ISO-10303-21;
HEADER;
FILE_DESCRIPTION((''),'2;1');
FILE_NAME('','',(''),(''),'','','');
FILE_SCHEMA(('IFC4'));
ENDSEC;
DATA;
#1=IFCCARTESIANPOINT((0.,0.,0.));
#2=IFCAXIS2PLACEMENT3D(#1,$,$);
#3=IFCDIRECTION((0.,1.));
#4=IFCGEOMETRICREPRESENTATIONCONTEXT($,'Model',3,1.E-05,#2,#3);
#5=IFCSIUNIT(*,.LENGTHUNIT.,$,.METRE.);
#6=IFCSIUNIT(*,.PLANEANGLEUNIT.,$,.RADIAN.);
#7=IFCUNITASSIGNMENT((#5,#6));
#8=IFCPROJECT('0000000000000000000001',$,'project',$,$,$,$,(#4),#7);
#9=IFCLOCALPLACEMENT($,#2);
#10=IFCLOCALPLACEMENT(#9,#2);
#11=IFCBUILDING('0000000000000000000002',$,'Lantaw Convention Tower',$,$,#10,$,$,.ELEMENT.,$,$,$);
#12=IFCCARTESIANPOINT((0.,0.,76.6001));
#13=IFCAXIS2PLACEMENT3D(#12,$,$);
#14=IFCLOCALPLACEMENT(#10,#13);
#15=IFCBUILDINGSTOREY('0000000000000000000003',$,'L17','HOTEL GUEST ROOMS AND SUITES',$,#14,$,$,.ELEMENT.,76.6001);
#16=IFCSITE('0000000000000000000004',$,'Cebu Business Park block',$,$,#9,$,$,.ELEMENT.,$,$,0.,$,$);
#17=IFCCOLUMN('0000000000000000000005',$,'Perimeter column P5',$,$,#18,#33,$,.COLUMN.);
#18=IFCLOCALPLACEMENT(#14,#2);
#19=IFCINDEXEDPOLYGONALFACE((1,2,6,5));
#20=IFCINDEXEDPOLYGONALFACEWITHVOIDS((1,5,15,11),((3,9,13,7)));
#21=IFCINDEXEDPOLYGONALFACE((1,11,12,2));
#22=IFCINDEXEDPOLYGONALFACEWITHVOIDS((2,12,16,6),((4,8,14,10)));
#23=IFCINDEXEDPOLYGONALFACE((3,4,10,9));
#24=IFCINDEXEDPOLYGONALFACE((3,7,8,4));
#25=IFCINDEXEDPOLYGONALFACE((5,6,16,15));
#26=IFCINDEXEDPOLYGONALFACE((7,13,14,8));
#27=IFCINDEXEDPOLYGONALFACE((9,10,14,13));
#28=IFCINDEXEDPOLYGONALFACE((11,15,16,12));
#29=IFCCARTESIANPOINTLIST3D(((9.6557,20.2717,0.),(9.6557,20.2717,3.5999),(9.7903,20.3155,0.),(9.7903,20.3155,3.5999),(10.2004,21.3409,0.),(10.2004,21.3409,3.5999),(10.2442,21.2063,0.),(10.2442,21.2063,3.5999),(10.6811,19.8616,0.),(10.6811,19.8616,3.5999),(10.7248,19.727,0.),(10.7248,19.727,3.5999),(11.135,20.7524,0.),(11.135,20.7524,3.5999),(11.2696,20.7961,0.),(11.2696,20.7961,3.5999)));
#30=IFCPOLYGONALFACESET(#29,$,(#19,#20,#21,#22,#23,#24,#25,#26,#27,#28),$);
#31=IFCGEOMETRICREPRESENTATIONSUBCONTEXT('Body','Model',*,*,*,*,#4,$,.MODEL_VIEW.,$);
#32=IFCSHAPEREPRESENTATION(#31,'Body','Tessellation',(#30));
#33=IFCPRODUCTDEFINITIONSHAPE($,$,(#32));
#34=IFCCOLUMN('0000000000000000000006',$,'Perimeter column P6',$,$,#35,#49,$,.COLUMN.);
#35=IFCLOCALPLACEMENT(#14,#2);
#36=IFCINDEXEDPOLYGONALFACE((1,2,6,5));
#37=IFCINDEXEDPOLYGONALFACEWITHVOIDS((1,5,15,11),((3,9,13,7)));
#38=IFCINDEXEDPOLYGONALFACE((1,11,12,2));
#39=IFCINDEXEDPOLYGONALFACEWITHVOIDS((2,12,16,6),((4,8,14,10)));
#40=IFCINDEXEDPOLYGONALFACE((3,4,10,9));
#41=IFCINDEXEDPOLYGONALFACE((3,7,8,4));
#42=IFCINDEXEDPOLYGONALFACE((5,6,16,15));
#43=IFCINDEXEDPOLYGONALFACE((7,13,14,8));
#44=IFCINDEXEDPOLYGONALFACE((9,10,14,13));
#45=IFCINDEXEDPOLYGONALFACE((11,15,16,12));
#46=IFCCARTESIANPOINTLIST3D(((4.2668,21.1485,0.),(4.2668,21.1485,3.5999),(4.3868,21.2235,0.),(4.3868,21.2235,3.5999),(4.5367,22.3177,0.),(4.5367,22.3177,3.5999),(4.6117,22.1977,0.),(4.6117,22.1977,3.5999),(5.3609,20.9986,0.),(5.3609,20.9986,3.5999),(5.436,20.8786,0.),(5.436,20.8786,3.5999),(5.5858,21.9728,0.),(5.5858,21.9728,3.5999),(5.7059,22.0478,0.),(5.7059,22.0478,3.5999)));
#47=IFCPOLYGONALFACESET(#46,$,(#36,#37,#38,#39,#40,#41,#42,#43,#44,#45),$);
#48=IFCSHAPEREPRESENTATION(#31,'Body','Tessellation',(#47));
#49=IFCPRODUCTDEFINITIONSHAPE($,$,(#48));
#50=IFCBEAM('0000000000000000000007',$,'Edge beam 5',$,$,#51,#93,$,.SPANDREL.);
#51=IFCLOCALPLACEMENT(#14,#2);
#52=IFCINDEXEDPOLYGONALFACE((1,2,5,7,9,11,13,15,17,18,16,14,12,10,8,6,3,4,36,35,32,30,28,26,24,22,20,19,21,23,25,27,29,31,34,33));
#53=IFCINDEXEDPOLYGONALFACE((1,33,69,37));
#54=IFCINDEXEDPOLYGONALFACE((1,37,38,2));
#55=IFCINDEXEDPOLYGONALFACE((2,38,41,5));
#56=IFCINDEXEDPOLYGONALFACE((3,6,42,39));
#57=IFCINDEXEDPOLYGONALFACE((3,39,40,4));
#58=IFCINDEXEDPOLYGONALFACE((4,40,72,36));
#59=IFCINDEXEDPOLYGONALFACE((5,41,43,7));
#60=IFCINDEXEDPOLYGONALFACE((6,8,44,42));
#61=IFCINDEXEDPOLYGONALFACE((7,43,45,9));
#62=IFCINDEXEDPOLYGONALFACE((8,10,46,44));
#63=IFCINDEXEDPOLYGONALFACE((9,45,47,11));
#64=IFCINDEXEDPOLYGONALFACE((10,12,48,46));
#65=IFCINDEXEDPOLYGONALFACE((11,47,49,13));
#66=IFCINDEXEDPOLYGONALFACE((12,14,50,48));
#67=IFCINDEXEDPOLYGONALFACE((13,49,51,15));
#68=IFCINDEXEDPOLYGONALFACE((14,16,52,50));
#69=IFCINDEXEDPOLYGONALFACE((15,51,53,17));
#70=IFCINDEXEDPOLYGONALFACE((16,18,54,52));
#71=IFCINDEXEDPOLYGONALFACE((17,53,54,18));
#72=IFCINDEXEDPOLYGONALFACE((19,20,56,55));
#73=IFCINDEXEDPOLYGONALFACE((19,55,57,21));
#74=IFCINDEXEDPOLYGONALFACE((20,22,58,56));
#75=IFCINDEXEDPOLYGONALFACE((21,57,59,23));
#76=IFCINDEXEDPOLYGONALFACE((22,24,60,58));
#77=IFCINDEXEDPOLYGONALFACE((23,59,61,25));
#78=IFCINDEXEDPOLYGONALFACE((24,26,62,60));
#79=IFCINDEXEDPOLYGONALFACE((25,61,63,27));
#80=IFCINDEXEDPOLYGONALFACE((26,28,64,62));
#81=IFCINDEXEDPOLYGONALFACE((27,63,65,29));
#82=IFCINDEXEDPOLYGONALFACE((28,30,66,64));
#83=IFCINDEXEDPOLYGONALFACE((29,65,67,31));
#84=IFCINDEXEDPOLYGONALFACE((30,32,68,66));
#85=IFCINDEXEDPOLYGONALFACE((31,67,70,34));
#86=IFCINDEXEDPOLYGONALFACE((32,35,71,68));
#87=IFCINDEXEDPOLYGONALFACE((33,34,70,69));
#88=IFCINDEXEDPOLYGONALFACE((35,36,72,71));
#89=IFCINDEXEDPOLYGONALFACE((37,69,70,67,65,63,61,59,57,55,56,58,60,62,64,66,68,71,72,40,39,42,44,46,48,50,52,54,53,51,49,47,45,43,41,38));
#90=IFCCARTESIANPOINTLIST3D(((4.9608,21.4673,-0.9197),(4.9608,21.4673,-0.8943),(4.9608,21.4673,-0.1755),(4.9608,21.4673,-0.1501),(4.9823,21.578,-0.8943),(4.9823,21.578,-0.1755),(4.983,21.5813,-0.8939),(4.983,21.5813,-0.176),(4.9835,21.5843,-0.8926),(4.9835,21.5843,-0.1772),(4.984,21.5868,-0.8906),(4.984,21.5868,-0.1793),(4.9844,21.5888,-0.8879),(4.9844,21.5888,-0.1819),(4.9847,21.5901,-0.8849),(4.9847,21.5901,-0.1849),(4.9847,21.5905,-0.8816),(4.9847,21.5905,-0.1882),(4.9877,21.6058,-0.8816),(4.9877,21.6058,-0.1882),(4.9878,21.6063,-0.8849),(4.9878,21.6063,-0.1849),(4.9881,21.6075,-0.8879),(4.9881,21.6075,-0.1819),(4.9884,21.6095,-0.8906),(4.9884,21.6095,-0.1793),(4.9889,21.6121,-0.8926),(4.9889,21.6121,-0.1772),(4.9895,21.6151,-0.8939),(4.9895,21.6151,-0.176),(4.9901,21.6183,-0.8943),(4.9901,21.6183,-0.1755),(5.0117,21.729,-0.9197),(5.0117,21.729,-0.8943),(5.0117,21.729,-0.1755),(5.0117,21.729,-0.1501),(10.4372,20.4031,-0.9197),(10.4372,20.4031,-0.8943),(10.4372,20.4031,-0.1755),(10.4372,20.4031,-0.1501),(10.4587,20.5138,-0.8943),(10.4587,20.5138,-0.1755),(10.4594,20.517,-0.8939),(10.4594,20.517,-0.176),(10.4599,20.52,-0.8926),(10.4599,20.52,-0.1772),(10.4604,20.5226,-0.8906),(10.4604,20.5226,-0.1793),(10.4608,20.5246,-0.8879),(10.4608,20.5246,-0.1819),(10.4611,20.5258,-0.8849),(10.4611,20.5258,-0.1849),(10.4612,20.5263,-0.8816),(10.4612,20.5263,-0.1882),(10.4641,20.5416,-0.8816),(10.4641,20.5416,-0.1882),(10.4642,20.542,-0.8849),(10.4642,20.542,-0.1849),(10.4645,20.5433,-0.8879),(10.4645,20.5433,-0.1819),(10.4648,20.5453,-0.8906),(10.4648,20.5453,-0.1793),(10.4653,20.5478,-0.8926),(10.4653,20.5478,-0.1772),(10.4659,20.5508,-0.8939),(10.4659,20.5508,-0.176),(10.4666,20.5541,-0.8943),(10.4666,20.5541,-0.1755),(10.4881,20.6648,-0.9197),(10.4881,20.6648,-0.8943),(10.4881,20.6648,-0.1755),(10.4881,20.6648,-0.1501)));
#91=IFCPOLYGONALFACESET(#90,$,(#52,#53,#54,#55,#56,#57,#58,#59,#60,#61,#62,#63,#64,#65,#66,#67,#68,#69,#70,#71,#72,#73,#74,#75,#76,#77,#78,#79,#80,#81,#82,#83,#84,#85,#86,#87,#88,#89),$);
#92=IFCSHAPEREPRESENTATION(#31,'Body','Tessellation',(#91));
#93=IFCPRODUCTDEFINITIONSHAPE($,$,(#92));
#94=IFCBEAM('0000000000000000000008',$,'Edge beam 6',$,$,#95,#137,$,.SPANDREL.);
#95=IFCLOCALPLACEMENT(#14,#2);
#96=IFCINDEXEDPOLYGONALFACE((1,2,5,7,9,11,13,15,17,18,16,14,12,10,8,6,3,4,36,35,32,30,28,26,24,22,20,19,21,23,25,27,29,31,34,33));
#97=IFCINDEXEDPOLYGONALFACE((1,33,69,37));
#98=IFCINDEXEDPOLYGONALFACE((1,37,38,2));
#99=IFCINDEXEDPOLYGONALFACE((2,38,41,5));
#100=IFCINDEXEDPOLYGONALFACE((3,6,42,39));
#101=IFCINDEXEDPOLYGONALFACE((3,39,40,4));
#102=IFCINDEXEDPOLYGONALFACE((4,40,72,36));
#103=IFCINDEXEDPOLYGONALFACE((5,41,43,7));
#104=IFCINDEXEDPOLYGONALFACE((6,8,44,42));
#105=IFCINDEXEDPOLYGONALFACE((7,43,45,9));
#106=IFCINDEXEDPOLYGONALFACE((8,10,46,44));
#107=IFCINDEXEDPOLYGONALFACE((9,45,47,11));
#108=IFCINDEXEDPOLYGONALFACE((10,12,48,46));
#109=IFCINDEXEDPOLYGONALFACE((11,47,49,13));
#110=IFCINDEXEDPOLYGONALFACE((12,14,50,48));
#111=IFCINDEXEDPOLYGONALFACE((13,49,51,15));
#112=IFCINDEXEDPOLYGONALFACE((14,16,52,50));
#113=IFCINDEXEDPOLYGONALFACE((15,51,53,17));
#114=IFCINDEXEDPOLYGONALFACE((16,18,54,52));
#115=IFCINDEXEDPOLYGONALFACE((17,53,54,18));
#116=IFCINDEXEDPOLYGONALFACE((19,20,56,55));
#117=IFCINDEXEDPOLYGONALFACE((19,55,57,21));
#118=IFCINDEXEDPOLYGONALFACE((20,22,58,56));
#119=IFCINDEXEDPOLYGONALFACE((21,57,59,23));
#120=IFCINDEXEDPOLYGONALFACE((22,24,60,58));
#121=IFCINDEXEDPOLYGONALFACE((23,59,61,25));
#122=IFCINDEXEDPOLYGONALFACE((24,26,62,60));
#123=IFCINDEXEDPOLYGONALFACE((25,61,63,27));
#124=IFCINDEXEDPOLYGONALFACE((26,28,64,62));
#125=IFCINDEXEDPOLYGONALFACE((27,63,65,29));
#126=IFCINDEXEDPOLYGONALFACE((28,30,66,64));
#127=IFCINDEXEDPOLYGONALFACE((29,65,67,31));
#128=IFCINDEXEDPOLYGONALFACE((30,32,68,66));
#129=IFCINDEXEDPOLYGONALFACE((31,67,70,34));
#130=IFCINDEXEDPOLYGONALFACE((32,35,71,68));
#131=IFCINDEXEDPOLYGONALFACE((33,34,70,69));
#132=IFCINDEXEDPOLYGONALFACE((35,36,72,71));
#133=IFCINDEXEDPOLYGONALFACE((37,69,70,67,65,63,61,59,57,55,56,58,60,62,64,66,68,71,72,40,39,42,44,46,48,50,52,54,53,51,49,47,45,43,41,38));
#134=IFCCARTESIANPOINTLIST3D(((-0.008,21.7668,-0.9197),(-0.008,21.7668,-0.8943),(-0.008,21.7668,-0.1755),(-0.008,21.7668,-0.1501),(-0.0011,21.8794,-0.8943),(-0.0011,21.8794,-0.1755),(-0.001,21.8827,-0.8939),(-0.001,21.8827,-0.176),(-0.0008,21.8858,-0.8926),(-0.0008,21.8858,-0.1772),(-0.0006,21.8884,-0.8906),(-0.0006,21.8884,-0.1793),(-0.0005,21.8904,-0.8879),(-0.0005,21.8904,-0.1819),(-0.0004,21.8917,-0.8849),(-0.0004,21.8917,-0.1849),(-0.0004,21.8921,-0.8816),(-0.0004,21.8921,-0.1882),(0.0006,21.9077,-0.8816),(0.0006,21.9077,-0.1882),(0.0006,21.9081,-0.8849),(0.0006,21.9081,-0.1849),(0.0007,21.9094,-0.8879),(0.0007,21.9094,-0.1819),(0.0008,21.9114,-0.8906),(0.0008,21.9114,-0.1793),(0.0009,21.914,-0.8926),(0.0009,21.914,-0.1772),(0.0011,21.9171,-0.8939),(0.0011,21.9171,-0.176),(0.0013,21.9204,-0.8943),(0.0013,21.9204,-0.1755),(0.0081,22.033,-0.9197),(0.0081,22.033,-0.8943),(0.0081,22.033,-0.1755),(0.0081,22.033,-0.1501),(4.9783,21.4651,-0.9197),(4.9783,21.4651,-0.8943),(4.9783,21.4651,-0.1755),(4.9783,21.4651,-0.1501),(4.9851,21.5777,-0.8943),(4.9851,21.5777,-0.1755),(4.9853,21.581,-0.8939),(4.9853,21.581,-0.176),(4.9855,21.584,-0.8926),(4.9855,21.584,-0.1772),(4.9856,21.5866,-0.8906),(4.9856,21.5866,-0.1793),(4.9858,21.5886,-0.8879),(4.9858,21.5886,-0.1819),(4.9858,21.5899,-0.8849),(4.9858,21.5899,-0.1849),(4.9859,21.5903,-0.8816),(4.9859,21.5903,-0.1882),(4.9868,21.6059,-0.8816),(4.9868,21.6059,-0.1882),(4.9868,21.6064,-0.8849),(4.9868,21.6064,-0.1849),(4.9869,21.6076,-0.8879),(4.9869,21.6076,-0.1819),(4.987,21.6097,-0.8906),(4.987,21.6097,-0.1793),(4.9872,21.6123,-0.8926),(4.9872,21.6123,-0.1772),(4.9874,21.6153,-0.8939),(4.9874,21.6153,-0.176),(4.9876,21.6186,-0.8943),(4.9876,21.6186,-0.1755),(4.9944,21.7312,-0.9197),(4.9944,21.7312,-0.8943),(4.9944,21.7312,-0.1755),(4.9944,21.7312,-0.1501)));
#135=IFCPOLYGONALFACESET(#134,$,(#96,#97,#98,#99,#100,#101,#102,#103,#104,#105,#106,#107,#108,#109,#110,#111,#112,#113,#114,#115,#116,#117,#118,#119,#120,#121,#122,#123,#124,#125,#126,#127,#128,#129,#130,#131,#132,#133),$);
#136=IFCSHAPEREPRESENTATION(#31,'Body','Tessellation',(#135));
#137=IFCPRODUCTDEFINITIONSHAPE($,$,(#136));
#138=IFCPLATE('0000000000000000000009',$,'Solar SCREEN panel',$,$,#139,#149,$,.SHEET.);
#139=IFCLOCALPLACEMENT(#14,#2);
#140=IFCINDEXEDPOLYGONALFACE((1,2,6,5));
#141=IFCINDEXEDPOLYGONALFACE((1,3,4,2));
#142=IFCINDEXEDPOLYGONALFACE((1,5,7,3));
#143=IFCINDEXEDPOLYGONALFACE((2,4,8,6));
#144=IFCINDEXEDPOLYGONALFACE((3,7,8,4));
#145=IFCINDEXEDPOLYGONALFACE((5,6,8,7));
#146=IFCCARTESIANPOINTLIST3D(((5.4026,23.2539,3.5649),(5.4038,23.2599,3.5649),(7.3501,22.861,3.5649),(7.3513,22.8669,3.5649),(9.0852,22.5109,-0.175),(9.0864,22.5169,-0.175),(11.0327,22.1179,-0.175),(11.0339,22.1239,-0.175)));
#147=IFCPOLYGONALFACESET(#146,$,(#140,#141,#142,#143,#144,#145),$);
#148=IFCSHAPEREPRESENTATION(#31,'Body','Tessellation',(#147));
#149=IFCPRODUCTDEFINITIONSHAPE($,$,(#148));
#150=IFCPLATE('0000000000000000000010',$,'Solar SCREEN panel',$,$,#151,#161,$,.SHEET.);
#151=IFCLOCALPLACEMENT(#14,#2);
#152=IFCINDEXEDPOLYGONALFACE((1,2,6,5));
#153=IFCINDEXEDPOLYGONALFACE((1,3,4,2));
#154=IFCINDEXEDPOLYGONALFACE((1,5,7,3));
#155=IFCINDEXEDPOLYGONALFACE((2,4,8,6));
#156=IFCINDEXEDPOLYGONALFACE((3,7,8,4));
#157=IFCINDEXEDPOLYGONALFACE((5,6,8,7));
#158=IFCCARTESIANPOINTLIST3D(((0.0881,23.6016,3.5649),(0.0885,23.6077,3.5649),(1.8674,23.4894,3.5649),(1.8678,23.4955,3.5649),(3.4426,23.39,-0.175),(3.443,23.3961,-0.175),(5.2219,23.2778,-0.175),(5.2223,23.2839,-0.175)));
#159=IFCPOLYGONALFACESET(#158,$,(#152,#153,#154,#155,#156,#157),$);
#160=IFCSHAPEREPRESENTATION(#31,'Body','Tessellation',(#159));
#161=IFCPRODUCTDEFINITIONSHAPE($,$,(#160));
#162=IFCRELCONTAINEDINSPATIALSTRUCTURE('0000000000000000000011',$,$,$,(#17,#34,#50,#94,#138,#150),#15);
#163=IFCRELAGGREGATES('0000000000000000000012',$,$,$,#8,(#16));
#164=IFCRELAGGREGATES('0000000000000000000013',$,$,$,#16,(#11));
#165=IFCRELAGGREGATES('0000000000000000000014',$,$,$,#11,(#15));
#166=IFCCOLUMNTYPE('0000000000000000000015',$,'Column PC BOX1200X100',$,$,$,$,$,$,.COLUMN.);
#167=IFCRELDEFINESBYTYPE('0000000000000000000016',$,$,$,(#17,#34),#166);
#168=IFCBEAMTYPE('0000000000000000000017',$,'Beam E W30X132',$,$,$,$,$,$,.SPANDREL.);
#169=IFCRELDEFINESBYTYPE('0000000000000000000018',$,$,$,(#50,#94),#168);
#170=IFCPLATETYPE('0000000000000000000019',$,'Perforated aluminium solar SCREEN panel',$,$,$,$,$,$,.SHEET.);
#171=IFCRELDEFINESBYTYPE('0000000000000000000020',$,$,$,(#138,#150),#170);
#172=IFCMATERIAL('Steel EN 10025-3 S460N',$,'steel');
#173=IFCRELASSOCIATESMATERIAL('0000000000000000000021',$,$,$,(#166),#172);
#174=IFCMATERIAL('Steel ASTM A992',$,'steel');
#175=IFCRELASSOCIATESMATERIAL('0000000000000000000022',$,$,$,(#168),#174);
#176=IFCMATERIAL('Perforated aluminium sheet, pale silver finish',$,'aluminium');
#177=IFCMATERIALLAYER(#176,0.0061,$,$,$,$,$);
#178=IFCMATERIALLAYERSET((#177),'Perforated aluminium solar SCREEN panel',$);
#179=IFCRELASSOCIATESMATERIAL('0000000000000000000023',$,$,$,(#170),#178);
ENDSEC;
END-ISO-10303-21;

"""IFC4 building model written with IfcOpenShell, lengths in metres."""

from ifc_helpers import new_model, si_unit, direction, frame, origin, origin_2d, place, context, subcontext, project, spatial, polyline, rectangle, hollow_rectangle, i_section, outline, extrude, material, layer, layer_set, material_profile, profile_set, type_object, element, save


model = new_model("IFC4")

# Units and contexts
model_context = context("Model", 3, precision=1e-05, world=origin(), true_north=direction((0.0, 1.0)))
body_context = subcontext(model_context, "Body", "Model", "MODEL_VIEW")
ifc_project = project(units=[si_unit("LENGTHUNIT", "METRE"), si_unit("PLANEANGLEUNIT", "RADIAN")], contexts=[model_context])

# Site, building, storey
site_placement = place(None, origin())
site = spatial("IfcSite", under=ifc_project, at=site_placement, Name="Cebu Business Park block", CompositionType="ELEMENT", RefElevation=0.0)
building_placement = place(site_placement, origin())
building = spatial("IfcBuilding", under=site, at=building_placement, Name="Lantaw Convention Tower", CompositionType="ELEMENT")
storey_placement = place(building_placement, frame((0.0, 0.0, 76.6001)))
storey = spatial("IfcBuildingStorey", under=building, at=storey_placement, Name="L17", Description="HOTEL GUEST ROOMS AND SUITES", CompositionType="ELEMENT", Elevation=76.6001)

# Columns
ifc_material_1 = material(Name="Steel EN 10025-3 S460N", Category="steel")
ifc_material_profile_1 = material_profile(ifc_material_1, hollow_rectangle(XDim=1.2, YDim=1.2, WallThickness=0.1001, at=origin_2d()), Name="BOX1200X100")
ifc_material_2 = material(Name="Concrete C60/75", Category="concrete")
ifc_material_profile_2 = material_profile(ifc_material_2, rectangle(XDim=1.0, YDim=1.0, at=origin_2d()), Name="Concrete fill of BOX1200X100")
ifc_profile_set_1 = profile_set([ifc_material_profile_1, ifc_material_profile_2], Name="Steel EN 10025-3 S460N")
column_type = type_object("IfcColumnType", Name="Column PC BOX1200X100", PredefinedType="COLUMN", material=ifc_profile_set_1)
for number, where, z_axis, x_axis, name in (
    (1, (10.4626, 20.5339, 0.0), (0.0, 0.0, 1.0), (0.45399, 0.891007, 0.0), "Perimeter column P5"),
    (2, (4.9863, 21.5981, 0.0), (0.0, 0.0, 1.0), (0.224951, 0.97437, 0.0), "Perimeter column P6"),
):
    element("IfcColumn", number, at=place(storey_placement, frame(where, z_axis=z_axis, x_axis=x_axis)), inside=storey, type_object=column_type, Name=name, PredefinedType="COLUMN", context=body_context, shape_type="SweptSolid", body=[
        extrude(hollow_rectangle(XDim=1.2, YDim=1.2, WallThickness=0.1001, at=origin_2d()), origin(), (0.0, 0.0, 1.0), 3.5999),
    ])

# Beams
ifc_material_3 = material(Name="Steel ASTM A992", Category="steel")
ifc_material_profile_3 = material_profile(ifc_material_3, i_section(OverallWidth=0.2666, OverallDepth=0.7695, WebThickness=0.0156, FlangeThickness=0.0254, FilletRadius=0.0127, at=origin_2d()), Name="W30X132")
ifc_profile_set_2 = profile_set([ifc_material_profile_3], Name="Steel ASTM A992")
beam_type = type_object("IfcBeamType", Name="Beam E W30X132", PredefinedType="SPANDREL", material=ifc_profile_set_2)
beam_1_placement = place(storey_placement, frame((10.4626, 20.5339, -0.5349), z_axis=(-0.981637, 0.190761, 0.0), x_axis=(-0.190761, -0.981637, 0.0)))
element("IfcBeam", 3, at=beam_1_placement, inside=storey, type_object=beam_type, Name="Edge beam 5", PredefinedType="SPANDREL", context=body_context, shape_type="SweptSolid", body=[
    extrude(i_section(OverallWidth=0.2666, OverallDepth=0.7695, WebThickness=0.0156, FlangeThickness=0.0254, FilletRadius=0.0127, at=origin_2d()), origin(), (0.0, 0.0, 1.0), 5.5789),
])
beam_2_placement = place(storey_placement, frame((4.9863, 21.5981, -0.5349), z_axis=(-0.998174, 0.060407, 0.0), x_axis=(-0.060407, -0.998174, 0.0)))
element("IfcBeam", 4, at=beam_2_placement, inside=storey, type_object=beam_type, Name="Edge beam 6", PredefinedType="SPANDREL", context=body_context, shape_type="SweptSolid", body=[
    extrude(i_section(OverallWidth=0.2666, OverallDepth=0.7695, WebThickness=0.0156, FlangeThickness=0.0254, FilletRadius=0.0127, at=origin_2d()), origin(), (0.0, 0.0, 1.0), 4.9954),
])

# Plates
ifc_material_4 = material(Name="Perforated aluminium sheet, pale silver finish", Category="aluminium")
ifc_layer_1 = layer(ifc_material_4, 0.0061)
ifc_layer_set_1 = layer_set([ifc_layer_1], Name="Perforated aluminium solar SCREEN panel")
plate_type = type_object("IfcPlateType", Name="Perforated aluminium solar SCREEN panel", PredefinedType="SHEET", material=ifc_layer_set_1)
plate_1_placement = place(storey_placement, frame((11.0327, 22.1179, -0.175), z_axis=(-0.197782, -0.980246, 0.000002), x_axis=(-0.980246, 0.197782, 0.0)))
element("IfcPlate", 5, at=plate_1_placement, inside=storey, type_object=plate_type, Name="Solar SCREEN panel", PredefinedType="SHEET", context=body_context, shape_type="SweptSolid", body=[
    extrude(outline(polyline([(0.0, 0.0), (1.9868, 0.0), (5.7436, -3.74), (3.7569, -3.74), (0.0, 0.0)])), origin(), (0.0, 0.0, -1.0), 0.0061),
])
plate_2_placement = place(storey_placement, frame((5.2219, 23.2778, -0.175), z_axis=(-0.062924, -0.998018, 0.000014), x_axis=(-0.998018, 0.062924, 0.0)))
element("IfcPlate", 6, at=plate_2_placement, inside=storey, type_object=plate_type, Name="Solar SCREEN panel", PredefinedType="SHEET", context=body_context, shape_type="SweptSolid", body=[
    extrude(outline(polyline([(0.0, 0.0), (1.7828, 0.0), (5.144, -3.74), (3.3612, -3.74), (0.0, 0.0)])), origin(), (0.0, 0.0, -1.0), 0.0061),
])

save(model, "model.ifc")
